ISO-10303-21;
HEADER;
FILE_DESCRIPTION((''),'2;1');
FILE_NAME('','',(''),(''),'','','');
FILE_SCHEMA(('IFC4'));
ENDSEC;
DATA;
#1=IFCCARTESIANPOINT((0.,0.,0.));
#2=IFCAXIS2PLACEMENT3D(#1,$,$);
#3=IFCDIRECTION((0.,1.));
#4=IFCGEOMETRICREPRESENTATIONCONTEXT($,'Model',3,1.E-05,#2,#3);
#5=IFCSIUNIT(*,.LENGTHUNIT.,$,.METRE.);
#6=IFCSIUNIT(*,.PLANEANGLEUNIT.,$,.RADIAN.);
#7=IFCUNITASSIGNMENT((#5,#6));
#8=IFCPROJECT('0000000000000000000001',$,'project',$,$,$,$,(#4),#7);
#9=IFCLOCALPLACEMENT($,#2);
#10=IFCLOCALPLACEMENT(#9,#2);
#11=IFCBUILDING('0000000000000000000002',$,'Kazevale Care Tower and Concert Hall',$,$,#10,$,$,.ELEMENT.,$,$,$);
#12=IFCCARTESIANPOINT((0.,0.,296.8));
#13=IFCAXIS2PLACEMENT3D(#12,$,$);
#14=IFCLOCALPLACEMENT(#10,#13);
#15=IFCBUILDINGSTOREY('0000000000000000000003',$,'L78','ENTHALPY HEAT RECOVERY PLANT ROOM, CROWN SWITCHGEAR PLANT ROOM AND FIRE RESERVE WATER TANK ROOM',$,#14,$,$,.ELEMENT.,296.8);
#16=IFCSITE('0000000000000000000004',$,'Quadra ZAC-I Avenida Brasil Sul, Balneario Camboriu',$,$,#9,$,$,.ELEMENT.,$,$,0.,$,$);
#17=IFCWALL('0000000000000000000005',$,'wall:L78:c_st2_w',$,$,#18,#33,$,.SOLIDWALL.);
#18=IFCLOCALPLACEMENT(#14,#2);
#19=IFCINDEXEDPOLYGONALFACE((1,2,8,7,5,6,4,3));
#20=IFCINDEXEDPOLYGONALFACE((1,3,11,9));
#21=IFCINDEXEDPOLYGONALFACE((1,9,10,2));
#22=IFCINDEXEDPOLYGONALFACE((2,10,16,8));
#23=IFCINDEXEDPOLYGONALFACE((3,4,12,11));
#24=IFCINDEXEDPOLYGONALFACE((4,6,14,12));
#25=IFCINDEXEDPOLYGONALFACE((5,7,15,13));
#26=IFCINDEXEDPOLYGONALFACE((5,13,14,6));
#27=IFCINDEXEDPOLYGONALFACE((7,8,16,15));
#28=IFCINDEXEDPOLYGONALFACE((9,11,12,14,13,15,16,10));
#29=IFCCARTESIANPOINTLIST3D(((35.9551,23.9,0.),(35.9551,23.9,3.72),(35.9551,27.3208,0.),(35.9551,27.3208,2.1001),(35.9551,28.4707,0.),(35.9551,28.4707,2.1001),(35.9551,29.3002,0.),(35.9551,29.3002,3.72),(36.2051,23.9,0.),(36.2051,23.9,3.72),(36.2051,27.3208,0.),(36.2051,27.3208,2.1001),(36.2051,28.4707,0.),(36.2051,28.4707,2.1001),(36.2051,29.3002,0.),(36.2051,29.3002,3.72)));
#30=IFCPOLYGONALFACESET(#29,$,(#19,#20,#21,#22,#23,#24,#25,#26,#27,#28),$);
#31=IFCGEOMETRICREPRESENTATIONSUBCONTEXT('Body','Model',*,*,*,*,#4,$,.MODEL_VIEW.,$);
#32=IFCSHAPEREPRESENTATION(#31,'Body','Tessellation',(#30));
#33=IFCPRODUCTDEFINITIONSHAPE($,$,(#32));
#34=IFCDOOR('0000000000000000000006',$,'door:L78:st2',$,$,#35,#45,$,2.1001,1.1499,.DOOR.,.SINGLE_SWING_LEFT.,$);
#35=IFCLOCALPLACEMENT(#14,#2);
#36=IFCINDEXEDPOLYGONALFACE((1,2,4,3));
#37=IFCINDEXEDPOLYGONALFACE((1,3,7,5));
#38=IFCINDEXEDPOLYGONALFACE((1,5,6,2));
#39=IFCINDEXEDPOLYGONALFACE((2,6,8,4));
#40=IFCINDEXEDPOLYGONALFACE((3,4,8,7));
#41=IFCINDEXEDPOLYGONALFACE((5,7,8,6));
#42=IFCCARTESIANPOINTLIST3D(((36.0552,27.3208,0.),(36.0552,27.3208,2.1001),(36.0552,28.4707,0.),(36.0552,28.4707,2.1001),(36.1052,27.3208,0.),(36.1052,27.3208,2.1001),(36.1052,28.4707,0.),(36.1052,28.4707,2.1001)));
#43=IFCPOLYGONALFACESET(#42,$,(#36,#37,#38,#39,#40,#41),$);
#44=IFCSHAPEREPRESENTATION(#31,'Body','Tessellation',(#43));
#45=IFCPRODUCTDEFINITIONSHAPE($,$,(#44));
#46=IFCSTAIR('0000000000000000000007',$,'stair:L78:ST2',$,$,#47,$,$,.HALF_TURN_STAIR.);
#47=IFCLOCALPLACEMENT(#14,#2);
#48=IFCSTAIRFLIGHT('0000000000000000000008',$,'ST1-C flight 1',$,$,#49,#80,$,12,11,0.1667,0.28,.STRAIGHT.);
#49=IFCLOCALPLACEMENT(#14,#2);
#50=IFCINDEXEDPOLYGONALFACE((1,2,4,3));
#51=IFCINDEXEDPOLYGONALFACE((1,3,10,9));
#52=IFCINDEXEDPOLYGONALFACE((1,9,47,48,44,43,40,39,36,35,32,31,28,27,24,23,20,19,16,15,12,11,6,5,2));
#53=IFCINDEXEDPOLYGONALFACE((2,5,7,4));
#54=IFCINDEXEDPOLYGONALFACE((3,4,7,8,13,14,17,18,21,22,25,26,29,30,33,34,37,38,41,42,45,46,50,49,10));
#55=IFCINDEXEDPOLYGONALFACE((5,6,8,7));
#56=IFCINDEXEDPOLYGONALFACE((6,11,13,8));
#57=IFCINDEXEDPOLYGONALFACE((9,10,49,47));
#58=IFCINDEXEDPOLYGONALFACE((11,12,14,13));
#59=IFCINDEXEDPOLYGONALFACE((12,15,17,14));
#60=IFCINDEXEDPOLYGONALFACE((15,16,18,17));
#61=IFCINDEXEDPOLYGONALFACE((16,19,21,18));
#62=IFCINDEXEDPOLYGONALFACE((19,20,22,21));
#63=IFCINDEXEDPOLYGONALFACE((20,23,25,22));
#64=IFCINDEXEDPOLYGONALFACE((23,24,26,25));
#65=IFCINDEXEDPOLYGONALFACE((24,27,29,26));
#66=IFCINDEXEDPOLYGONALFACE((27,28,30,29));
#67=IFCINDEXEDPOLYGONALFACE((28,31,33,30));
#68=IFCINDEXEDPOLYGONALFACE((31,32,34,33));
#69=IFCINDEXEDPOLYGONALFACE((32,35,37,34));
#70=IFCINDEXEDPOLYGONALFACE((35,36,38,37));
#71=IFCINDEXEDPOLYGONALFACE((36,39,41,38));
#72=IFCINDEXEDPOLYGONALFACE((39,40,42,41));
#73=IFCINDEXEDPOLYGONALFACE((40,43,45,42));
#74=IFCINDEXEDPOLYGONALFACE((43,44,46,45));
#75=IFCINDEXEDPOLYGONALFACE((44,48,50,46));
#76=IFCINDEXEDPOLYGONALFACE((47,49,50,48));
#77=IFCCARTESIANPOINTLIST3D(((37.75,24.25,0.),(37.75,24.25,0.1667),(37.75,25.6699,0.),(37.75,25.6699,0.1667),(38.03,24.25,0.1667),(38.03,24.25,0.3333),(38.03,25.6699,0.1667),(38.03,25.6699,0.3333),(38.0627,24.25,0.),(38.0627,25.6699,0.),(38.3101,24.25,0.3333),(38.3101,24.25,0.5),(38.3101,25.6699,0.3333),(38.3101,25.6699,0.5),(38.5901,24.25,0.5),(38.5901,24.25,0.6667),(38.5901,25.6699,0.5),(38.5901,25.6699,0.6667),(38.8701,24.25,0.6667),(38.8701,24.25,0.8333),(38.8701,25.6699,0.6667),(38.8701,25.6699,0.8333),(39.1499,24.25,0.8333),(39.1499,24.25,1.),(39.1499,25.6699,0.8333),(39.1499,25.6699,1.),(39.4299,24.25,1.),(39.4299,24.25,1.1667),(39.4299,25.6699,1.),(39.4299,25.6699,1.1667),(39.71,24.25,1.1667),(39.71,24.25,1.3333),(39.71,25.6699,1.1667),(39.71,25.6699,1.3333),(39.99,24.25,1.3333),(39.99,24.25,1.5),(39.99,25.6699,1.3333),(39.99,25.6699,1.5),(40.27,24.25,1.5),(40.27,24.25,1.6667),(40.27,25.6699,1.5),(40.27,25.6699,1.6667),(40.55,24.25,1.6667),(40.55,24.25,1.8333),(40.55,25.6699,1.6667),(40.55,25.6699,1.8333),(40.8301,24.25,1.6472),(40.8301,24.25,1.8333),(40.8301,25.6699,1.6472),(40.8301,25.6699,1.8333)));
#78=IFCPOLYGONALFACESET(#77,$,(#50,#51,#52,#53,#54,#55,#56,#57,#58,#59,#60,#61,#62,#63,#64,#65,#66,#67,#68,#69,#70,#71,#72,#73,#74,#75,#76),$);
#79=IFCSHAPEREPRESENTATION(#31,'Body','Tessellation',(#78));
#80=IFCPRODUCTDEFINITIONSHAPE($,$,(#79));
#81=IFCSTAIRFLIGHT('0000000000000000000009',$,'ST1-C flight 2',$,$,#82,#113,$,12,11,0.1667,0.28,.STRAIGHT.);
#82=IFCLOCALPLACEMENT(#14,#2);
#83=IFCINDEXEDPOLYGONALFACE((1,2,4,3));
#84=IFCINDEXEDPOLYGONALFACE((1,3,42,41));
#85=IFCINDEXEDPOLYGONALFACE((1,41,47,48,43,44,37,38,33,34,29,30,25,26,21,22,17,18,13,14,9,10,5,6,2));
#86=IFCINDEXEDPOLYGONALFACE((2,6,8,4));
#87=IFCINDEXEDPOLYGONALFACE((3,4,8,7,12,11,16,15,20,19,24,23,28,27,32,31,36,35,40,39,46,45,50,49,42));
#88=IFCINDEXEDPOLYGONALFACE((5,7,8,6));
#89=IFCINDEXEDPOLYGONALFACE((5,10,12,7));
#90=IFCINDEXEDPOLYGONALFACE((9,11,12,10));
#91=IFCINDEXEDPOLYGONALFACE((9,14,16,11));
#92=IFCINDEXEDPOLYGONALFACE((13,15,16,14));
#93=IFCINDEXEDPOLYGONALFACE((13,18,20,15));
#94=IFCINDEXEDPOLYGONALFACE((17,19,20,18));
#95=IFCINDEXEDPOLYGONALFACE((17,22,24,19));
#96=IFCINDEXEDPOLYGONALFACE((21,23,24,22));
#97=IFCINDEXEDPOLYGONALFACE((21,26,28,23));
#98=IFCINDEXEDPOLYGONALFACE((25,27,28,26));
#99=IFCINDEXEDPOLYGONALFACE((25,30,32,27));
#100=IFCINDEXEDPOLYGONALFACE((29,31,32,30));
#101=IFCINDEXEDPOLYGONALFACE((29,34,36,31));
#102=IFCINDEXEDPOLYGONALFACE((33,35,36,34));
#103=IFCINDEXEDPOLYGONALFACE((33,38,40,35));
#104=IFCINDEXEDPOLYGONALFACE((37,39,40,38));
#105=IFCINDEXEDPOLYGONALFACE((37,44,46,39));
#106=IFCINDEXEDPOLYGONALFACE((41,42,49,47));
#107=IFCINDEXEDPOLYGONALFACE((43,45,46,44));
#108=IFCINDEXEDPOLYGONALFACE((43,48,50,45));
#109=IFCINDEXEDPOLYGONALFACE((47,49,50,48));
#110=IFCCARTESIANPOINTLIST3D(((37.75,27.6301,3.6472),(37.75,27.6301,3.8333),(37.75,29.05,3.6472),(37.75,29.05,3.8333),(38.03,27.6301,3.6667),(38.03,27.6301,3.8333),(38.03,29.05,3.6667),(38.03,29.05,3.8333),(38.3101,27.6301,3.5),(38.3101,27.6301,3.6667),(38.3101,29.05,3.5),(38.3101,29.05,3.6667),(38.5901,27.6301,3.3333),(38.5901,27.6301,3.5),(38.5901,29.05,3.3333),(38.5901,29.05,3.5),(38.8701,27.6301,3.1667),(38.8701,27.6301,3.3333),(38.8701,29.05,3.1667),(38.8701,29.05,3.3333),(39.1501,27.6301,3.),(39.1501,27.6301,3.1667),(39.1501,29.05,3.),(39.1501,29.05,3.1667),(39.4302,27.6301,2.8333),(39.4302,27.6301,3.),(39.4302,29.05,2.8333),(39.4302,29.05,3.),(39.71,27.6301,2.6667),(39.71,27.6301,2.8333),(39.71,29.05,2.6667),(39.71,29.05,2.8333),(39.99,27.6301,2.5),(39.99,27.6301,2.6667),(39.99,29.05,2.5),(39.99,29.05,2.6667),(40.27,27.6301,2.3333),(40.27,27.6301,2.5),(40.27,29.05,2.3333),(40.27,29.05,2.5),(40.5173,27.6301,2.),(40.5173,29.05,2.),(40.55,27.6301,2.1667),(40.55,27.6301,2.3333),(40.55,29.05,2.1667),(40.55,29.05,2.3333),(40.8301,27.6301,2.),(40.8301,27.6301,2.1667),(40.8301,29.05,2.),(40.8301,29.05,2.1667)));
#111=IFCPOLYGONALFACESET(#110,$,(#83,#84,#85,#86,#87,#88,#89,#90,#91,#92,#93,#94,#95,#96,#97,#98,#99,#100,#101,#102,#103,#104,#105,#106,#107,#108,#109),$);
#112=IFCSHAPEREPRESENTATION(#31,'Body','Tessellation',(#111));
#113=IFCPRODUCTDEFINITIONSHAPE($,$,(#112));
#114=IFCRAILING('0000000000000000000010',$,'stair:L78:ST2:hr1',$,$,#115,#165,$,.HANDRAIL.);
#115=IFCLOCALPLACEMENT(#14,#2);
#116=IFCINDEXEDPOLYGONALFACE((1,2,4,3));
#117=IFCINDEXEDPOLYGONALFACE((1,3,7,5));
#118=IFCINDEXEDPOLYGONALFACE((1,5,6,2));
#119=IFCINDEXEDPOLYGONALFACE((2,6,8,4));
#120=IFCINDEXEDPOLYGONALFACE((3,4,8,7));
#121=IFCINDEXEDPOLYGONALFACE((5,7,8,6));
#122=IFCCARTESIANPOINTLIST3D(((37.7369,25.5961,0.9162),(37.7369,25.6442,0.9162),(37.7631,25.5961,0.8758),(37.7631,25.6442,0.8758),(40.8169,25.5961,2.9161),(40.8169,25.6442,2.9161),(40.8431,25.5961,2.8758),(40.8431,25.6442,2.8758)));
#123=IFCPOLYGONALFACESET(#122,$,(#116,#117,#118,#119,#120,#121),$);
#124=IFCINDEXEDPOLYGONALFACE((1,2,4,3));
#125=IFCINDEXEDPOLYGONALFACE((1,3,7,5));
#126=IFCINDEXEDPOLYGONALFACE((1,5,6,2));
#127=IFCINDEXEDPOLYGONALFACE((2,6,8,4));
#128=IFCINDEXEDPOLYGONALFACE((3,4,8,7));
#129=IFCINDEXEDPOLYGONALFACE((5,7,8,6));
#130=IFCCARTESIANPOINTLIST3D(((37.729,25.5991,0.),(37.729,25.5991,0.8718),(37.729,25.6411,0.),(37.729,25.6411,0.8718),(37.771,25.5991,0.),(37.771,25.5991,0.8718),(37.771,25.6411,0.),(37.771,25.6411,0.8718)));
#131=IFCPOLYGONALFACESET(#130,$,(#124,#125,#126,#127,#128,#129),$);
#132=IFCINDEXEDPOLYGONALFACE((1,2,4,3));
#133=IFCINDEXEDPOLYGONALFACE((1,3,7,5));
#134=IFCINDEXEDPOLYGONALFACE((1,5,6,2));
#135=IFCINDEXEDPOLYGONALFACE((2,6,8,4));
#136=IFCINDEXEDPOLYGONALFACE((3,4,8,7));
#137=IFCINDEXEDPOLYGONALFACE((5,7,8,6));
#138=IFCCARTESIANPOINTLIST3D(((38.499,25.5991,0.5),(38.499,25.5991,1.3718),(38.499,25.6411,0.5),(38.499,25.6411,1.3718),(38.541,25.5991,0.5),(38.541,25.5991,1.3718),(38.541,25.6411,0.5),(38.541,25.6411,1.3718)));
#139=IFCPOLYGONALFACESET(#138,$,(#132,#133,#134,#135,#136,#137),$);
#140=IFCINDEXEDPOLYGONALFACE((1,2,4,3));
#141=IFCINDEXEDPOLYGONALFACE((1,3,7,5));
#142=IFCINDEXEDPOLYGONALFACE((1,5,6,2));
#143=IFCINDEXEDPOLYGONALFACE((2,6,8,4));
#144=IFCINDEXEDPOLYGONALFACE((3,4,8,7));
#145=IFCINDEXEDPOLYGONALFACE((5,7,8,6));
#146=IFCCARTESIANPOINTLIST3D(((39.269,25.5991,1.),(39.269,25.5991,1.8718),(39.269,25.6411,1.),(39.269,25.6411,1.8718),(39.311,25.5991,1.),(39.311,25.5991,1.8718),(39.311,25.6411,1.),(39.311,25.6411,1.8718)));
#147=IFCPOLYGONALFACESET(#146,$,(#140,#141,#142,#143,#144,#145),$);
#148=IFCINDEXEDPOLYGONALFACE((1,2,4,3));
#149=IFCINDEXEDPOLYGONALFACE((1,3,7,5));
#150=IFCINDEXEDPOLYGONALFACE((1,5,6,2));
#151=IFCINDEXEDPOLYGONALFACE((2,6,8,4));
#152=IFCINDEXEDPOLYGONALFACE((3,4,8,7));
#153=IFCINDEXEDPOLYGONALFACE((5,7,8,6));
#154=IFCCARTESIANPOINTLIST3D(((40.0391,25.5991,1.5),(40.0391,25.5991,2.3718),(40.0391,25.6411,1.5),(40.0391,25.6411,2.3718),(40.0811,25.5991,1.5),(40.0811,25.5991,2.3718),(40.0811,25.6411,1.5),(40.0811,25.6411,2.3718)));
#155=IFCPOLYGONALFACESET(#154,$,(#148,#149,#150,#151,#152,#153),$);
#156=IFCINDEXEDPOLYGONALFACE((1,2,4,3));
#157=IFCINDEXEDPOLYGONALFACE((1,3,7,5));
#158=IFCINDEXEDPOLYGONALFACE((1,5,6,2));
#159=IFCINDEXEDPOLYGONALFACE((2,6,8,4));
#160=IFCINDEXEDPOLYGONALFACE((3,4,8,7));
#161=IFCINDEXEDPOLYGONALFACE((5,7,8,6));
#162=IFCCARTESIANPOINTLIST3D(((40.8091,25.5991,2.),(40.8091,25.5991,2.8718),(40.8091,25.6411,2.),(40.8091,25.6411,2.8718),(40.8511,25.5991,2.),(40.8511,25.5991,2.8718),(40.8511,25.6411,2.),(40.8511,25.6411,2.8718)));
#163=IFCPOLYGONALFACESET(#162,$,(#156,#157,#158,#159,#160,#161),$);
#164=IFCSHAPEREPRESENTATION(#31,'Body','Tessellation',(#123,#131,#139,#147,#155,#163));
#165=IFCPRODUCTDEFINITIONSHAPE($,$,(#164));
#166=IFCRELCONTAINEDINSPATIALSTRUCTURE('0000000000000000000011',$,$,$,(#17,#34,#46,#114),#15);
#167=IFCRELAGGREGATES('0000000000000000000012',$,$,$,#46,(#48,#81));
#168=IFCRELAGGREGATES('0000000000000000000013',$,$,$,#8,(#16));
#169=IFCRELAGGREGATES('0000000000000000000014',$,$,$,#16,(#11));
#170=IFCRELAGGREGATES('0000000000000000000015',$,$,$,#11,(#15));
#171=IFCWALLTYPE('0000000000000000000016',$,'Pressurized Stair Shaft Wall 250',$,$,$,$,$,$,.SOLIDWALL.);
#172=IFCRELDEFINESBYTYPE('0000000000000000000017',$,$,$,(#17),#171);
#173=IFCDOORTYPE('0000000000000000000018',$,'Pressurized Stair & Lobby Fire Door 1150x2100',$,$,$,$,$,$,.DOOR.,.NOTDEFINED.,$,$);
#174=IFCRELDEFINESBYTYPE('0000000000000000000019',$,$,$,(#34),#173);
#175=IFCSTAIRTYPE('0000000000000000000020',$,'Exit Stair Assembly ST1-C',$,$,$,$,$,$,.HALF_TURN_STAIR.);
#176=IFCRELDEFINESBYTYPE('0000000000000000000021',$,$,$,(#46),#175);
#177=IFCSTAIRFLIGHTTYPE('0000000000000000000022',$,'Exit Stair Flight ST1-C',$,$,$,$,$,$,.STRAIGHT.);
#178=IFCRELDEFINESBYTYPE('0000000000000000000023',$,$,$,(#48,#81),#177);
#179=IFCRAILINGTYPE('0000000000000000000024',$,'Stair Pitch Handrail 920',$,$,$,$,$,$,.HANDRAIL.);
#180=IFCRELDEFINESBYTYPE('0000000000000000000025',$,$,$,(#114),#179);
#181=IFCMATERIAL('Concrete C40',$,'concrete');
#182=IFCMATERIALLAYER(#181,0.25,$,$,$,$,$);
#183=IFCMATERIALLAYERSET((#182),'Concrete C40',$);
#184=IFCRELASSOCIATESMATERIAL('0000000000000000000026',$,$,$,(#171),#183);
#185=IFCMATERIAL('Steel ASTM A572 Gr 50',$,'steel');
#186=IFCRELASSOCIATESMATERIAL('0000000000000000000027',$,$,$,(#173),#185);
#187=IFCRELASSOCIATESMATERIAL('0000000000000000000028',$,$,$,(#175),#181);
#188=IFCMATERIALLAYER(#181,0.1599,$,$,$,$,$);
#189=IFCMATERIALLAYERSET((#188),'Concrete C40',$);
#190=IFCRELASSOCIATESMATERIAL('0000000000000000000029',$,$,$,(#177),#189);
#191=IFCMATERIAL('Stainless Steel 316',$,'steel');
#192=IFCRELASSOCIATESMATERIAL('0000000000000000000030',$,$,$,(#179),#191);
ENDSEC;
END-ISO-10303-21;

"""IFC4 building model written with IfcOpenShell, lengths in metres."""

from ifc_helpers import new_model, si_unit, direction, frame, frame_2d, origin, origin_2d, place, context, subcontext, project, spatial, polyline, rectangle, outline, extrude, material, layer, layer_set, type_object, element, fill, aggregate, save


model = new_model("IFC4")

# Units and contexts
model_context = context("Model", 3, precision=1e-05, world=origin(), true_north=direction((0.0, 1.0)))
body_context = subcontext(model_context, "Body", "Model", "MODEL_VIEW")
ifc_project = project(units=[si_unit("LENGTHUNIT", "METRE"), si_unit("PLANEANGLEUNIT", "RADIAN")], contexts=[model_context])

# Site, building, storey
site_placement = place(None, origin())
site = spatial("IfcSite", under=ifc_project, at=site_placement, Name="Quadra ZAC-I Avenida Brasil Sul, Balneario Camboriu", CompositionType="ELEMENT", RefElevation=0.0)
building_placement = place(site_placement, origin())
building = spatial("IfcBuilding", under=site, at=building_placement, Name="Kazevale Care Tower and Concert Hall", CompositionType="ELEMENT")
storey_placement = place(building_placement, frame((0.0, 0.0, 296.8)))
storey = spatial("IfcBuildingStorey", under=building, at=storey_placement, Name="L78", Description="ENTHALPY HEAT RECOVERY PLANT ROOM, CROWN SWITCHGEAR PLANT ROOM AND FIRE RESERVE WATER TANK ROOM", CompositionType="ELEMENT", Elevation=296.8)

# Shared definitions
ifc_material_1 = material(Name="Steel ASTM A572 Gr 50", Category="steel")

# Wall, opening, door
ifc_material_2 = material(Name="Concrete C40", Category="concrete")
ifc_layer_1 = layer(ifc_material_2, 0.25)
ifc_layer_set_1 = layer_set([ifc_layer_1], Name="Concrete C40")
wall_type_1 = type_object("IfcWallType", Name="Pressurized Stair Shaft Wall 250", PredefinedType="SOLIDWALL", material=ifc_layer_set_1)
wall_1_placement = place(storey_placement, frame((36.0801, 23.8999, 0.0), z_axis=(0.0, 0.0, 1.0), x_axis=(0.0, 1.0, 0.0)))
wall_1 = element("IfcWall", 1, at=wall_1_placement, inside=storey, type_object=wall_type_1, Name="wall:L78:c_st2_w", PredefinedType="SOLIDWALL", context=body_context, shape_type="SweptSolid", body=[
    extrude(rectangle(XDim=5.4001, YDim=0.25, at=frame_2d((2.7002, 0.0))), origin(), (0.0, 0.0, 1.0), 3.72),
])
opening_1_placement = place(wall_1_placement, frame((3.4209, 0.0, 0.0)))
opening_1 = element("IfcOpeningElement", 2, at=opening_1_placement, cuts=wall_1, PredefinedType="OPENING", context=body_context, shape_type="SweptSolid", body=[
    extrude(rectangle(XDim=1.1499, YDim=2.1001, at=frame_2d((0.575, 1.05))), frame((0.0, 0.135, 0.0), z_axis=(0.0, -1.0, 0.0), x_axis=(1.0, 0.0, 0.0)), (0.0, 0.0, 1.0), 0.27),
])
door_type_1 = type_object("IfcDoorType", Name="Pressurized Stair & Lobby Fire Door 1150x2100", OperationType="NOTDEFINED", PredefinedType="DOOR", material=ifc_material_1)
door_1_placement = place(opening_1_placement, origin())
door_1 = element("IfcDoor", 3, at=door_1_placement, inside=storey, type_object=door_type_1, Name="door:L78:st2", OperationType="SINGLE_SWING_LEFT", OverallHeight=2.1001, OverallWidth=1.1499, PredefinedType="DOOR", context=body_context, shape_type="SweptSolid", body=[
    extrude(rectangle(XDim=1.1499, YDim=2.1001, at=frame_2d((0.575, 1.05))), frame((0.0, 0.0249, 0.0), z_axis=(0.0, -1.0, 0.0), x_axis=(1.0, 0.0, 0.0)), (0.0, 0.0, 1.0), 0.05),
])
fill(opening_1, door_1)

# Stair, stair flights
stair_type = type_object("IfcStairType", Name="Exit Stair Assembly ST1-C", PredefinedType="HALF_TURN_STAIR", material=ifc_material_2)
stair_placement = place(storey_placement, origin())
stair = element("IfcStair", 4, at=stair_placement, inside=storey, type_object=stair_type, Name="stair:L78:ST2", PredefinedType="HALF_TURN_STAIR")
ifc_layer_2 = layer(ifc_material_2, 0.1599)
ifc_layer_set_2 = layer_set([ifc_layer_2], Name="Concrete C40")
stair_flight_type = type_object("IfcStairFlightType", Name="Exit Stair Flight ST1-C", PredefinedType="STRAIGHT", material=ifc_layer_set_2)
stair_flight_1_placement = place(storey_placement, frame((37.75, 24.96, 0.0), z_axis=(0.0, 0.0, 1.0), x_axis=(1.0, 0.0, 0.0)))
stair_flight_1 = element("IfcStairFlight", 5, at=stair_flight_1_placement, type_object=stair_flight_type, Name="ST1-C flight 1", NumberOfRisers=12, NumberOfTreads=11, PredefinedType="STRAIGHT", RiserHeight=0.1667, TreadLength=0.28, context=body_context, shape_type="SweptSolid", body=[
    extrude(outline(polyline([(0.0, 0.0), (0.0, 0.1667), (0.28, 0.1667), (0.28, 0.3333), (0.5601, 0.3333), (0.5601, 0.5), (0.8401, 0.5), (0.8401, 0.6667), (1.1201, 0.6667), (1.1201, 0.8333), (1.3999, 0.8333), (1.3999, 1.0), (1.6799, 1.0), (1.6799, 1.1667), (1.96, 1.1667), (1.96, 1.3333), (2.24, 1.3333), (2.24, 1.5), (2.52, 1.5), (2.52, 1.6667), (2.8, 1.6667), (2.8, 1.8333), (3.0801, 1.8333), (3.0801, 2.0), (3.0801, 1.6472), (0.3127, 0.0), (0.0, 0.0)])), frame((0.0, 0.71, 0.0), z_axis=(0.0, -1.0, 0.0), x_axis=(1.0, 0.0, 0.0)), (0.0, 0.0, 1.0), 1.4199),
])
stair_flight_2_placement = place(storey_placement, frame((40.8301, 28.3401, 2.0), z_axis=(0.0, 0.0, 1.0), x_axis=(-1.0, 0.0, 0.0)))
stair_flight_2 = element("IfcStairFlight", 6, at=stair_flight_2_placement, type_object=stair_flight_type, Name="ST1-C flight 2", NumberOfRisers=12, NumberOfTreads=11, PredefinedType="STRAIGHT", RiserHeight=0.1667, TreadLength=0.28, context=body_context, shape_type="SweptSolid", body=[
    extrude(outline(polyline([(0.0, 0.0), (0.0, 0.1667), (0.28, 0.1667), (0.28, 0.3333), (0.5601, 0.3333), (0.5601, 0.5), (0.8401, 0.5), (0.8401, 0.6667), (1.1201, 0.6667), (1.1201, 0.8333), (1.3999, 0.8333), (1.3999, 1.0), (1.6799, 1.0), (1.6799, 1.1667), (1.96, 1.1667), (1.96, 1.3333), (2.24, 1.3333), (2.24, 1.5), (2.52, 1.5), (2.52, 1.6667), (2.8, 1.6667), (2.8, 1.8333), (3.0801, 1.8333), (3.0801, 2.0), (3.0801, 1.6472), (0.3127, 0.0), (0.0, 0.0)])), frame((0.0, 0.71, 0.0), z_axis=(0.0, -1.0, 0.0), x_axis=(1.0, 0.0, 0.0)), (0.0, 0.0, 1.0), 1.4199),
])
aggregate(stair, [stair_flight_1, stair_flight_2])

# Railing
ifc_material_3 = material(Name="Stainless Steel 316", Category="steel")
railing_type_1 = type_object("IfcRailingType", Name="Stair Pitch Handrail 920", PredefinedType="HANDRAIL", material=ifc_material_3)
railing_1_placement = place(storey_placement, frame((37.75, 25.6201, 0.0)))
element("IfcRailing", 7, at=railing_1_placement, inside=storey, type_object=railing_type_1, Name="stair:L78:ST2:hr1", PredefinedType="HANDRAIL", context=body_context, shape_type="SweptSolid", body=[
    extrude(rectangle(XDim=0.0481, YDim=0.0481, at=origin_2d()), frame((0.0, 0.0, 0.896), z_axis=(0.838699, 0.0, 0.544596), x_axis=(0.0, 1.0, 0.0)), (0.0, 0.0, 1.0), 3.6724),
    extrude(rectangle(XDim=0.042, YDim=0.042, at=origin_2d()), origin(), (0.0, 0.0, 1.0), 0.8718),
    extrude(rectangle(XDim=0.042, YDim=0.042, at=origin_2d()), frame((0.77, 0.0, 0.5)), (0.0, 0.0, 1.0), 0.8718),
    extrude(rectangle(XDim=0.042, YDim=0.042, at=origin_2d()), frame((1.54, 0.0, 1.0)), (0.0, 0.0, 1.0), 0.8718),
    extrude(rectangle(XDim=0.042, YDim=0.042, at=origin_2d()), frame((2.3101, 0.0, 1.5)), (0.0, 0.0, 1.0), 0.8718),
    extrude(rectangle(XDim=0.042, YDim=0.042, at=origin_2d()), frame((3.0801, 0.0, 2.0)), (0.0, 0.0, 1.0), 0.8718),
])

save(model, "model.ifc")
